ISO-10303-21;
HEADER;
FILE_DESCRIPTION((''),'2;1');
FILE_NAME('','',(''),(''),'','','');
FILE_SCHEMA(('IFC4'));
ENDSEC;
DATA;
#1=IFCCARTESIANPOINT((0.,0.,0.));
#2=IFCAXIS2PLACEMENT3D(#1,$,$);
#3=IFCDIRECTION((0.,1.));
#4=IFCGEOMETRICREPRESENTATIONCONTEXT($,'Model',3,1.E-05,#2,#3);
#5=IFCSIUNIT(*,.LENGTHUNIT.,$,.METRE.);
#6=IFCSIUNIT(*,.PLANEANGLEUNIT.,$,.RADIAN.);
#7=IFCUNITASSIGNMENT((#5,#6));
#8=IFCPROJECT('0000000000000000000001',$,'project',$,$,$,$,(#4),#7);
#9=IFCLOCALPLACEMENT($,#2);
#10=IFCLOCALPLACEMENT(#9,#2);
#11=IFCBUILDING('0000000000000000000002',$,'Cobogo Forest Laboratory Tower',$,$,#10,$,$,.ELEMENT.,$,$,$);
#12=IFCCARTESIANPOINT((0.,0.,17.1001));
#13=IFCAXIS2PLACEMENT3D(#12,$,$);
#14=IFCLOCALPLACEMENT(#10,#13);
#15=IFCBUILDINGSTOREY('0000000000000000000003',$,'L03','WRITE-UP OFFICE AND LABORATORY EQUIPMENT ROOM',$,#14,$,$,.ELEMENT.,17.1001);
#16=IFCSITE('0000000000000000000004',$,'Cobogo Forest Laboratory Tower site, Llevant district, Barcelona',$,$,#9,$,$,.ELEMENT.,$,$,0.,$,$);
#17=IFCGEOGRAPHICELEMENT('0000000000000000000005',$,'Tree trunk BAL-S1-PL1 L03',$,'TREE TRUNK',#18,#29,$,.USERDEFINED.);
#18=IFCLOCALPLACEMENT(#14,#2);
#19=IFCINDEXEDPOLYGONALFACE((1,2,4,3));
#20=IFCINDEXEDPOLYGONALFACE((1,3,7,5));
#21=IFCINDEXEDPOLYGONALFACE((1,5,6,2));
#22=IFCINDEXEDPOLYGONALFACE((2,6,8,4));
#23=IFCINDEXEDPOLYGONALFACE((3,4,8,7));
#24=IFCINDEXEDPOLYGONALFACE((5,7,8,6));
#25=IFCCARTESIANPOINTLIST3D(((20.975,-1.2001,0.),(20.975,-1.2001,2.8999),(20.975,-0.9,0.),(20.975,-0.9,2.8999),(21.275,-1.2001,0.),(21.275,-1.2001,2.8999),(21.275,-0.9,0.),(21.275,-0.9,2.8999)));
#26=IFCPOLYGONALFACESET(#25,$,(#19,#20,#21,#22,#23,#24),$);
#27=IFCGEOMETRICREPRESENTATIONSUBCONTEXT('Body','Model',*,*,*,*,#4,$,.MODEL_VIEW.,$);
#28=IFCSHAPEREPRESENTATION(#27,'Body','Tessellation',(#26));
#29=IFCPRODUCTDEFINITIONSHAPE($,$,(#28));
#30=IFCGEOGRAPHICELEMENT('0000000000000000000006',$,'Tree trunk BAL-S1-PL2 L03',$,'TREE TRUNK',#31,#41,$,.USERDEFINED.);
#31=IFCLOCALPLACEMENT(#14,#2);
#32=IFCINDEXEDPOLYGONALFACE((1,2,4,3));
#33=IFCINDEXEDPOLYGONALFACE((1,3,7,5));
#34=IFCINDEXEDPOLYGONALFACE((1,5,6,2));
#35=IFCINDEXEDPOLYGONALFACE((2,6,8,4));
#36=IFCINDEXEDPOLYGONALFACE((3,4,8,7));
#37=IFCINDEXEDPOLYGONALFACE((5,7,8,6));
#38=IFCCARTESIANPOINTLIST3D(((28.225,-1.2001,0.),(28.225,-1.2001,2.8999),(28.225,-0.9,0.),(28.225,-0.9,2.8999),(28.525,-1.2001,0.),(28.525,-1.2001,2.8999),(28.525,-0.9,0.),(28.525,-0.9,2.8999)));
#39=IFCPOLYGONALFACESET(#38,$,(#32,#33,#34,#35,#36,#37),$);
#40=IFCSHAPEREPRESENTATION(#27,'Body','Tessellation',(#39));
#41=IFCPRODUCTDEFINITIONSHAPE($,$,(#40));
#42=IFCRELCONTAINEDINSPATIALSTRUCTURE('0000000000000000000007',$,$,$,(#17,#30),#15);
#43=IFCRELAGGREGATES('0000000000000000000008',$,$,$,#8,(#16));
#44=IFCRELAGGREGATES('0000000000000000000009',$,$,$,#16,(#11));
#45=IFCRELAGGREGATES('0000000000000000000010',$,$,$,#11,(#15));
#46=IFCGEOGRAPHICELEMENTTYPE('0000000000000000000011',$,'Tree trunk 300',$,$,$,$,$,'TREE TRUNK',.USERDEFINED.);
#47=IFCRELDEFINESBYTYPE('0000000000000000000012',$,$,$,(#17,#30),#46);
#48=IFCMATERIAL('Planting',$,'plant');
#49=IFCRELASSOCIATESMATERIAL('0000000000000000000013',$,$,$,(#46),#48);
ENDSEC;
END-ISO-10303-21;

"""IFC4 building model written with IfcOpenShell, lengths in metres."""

from ifc_helpers import new_model, si_unit, direction, frame, origin, origin_2d, place, context, subcontext, project, spatial, rectangle, extrude, material, type_object, element, save


model = new_model("IFC4")

# Units and contexts
model_context = context("Model", 3, precision=1e-05, world=origin(), true_north=direction((0.0, 1.0)))
body_context = subcontext(model_context, "Body", "Model", "MODEL_VIEW")
ifc_project = project(units=[si_unit("LENGTHUNIT", "METRE"), si_unit("PLANEANGLEUNIT", "RADIAN")], contexts=[model_context])

# Site, building, storey
site_placement = place(None, origin())
site = spatial("IfcSite", under=ifc_project, at=site_placement, Name="Cobogo Forest Laboratory Tower site, Llevant district, Barcelona", CompositionType="ELEMENT", RefElevation=0.0)
building_placement = place(site_placement, origin())
building = spatial("IfcBuilding", under=site, at=building_placement, Name="Cobogo Forest Laboratory Tower", CompositionType="ELEMENT")
storey_placement = place(building_placement, frame((0.0, 0.0, 17.1001)))
storey = spatial("IfcBuildingStorey", under=building, at=storey_placement, Name="L03", Description="WRITE-UP OFFICE AND LABORATORY EQUIPMENT ROOM", CompositionType="ELEMENT", Elevation=17.1001)

# Geographic elements
ifc_material_1 = material(Name="Planting", Category="plant")
geographic_element_type = type_object("IfcGeographicElementType", Name="Tree trunk 300", ElementType="TREE TRUNK", PredefinedType="USERDEFINED", material=ifc_material_1)
for number, where, z_axis, x_axis, name in (
    (1, (21.125, -1.05, 0.0), (0.0, 0.0, 1.0), (1.0, 0.0, 0.0), "Tree trunk BAL-S1-PL1 L03"),
    (2, (28.375, -1.05, 0.0), (0.0, 0.0, 1.0), (1.0, 0.0, 0.0), "Tree trunk BAL-S1-PL2 L03"),
):
    element("IfcGeographicElement", number, at=place(storey_placement, frame(where, z_axis=z_axis, x_axis=x_axis)), inside=storey, type_object=geographic_element_type, Name=name, ObjectType="TREE TRUNK", PredefinedType="USERDEFINED", context=body_context, shape_type="SweptSolid", body=[
        extrude(rectangle(XDim=0.3, YDim=0.3, at=origin_2d()), origin(), (0.0, 0.0, 1.0), 2.8999),
    ])

save(model, "model.ifc")
